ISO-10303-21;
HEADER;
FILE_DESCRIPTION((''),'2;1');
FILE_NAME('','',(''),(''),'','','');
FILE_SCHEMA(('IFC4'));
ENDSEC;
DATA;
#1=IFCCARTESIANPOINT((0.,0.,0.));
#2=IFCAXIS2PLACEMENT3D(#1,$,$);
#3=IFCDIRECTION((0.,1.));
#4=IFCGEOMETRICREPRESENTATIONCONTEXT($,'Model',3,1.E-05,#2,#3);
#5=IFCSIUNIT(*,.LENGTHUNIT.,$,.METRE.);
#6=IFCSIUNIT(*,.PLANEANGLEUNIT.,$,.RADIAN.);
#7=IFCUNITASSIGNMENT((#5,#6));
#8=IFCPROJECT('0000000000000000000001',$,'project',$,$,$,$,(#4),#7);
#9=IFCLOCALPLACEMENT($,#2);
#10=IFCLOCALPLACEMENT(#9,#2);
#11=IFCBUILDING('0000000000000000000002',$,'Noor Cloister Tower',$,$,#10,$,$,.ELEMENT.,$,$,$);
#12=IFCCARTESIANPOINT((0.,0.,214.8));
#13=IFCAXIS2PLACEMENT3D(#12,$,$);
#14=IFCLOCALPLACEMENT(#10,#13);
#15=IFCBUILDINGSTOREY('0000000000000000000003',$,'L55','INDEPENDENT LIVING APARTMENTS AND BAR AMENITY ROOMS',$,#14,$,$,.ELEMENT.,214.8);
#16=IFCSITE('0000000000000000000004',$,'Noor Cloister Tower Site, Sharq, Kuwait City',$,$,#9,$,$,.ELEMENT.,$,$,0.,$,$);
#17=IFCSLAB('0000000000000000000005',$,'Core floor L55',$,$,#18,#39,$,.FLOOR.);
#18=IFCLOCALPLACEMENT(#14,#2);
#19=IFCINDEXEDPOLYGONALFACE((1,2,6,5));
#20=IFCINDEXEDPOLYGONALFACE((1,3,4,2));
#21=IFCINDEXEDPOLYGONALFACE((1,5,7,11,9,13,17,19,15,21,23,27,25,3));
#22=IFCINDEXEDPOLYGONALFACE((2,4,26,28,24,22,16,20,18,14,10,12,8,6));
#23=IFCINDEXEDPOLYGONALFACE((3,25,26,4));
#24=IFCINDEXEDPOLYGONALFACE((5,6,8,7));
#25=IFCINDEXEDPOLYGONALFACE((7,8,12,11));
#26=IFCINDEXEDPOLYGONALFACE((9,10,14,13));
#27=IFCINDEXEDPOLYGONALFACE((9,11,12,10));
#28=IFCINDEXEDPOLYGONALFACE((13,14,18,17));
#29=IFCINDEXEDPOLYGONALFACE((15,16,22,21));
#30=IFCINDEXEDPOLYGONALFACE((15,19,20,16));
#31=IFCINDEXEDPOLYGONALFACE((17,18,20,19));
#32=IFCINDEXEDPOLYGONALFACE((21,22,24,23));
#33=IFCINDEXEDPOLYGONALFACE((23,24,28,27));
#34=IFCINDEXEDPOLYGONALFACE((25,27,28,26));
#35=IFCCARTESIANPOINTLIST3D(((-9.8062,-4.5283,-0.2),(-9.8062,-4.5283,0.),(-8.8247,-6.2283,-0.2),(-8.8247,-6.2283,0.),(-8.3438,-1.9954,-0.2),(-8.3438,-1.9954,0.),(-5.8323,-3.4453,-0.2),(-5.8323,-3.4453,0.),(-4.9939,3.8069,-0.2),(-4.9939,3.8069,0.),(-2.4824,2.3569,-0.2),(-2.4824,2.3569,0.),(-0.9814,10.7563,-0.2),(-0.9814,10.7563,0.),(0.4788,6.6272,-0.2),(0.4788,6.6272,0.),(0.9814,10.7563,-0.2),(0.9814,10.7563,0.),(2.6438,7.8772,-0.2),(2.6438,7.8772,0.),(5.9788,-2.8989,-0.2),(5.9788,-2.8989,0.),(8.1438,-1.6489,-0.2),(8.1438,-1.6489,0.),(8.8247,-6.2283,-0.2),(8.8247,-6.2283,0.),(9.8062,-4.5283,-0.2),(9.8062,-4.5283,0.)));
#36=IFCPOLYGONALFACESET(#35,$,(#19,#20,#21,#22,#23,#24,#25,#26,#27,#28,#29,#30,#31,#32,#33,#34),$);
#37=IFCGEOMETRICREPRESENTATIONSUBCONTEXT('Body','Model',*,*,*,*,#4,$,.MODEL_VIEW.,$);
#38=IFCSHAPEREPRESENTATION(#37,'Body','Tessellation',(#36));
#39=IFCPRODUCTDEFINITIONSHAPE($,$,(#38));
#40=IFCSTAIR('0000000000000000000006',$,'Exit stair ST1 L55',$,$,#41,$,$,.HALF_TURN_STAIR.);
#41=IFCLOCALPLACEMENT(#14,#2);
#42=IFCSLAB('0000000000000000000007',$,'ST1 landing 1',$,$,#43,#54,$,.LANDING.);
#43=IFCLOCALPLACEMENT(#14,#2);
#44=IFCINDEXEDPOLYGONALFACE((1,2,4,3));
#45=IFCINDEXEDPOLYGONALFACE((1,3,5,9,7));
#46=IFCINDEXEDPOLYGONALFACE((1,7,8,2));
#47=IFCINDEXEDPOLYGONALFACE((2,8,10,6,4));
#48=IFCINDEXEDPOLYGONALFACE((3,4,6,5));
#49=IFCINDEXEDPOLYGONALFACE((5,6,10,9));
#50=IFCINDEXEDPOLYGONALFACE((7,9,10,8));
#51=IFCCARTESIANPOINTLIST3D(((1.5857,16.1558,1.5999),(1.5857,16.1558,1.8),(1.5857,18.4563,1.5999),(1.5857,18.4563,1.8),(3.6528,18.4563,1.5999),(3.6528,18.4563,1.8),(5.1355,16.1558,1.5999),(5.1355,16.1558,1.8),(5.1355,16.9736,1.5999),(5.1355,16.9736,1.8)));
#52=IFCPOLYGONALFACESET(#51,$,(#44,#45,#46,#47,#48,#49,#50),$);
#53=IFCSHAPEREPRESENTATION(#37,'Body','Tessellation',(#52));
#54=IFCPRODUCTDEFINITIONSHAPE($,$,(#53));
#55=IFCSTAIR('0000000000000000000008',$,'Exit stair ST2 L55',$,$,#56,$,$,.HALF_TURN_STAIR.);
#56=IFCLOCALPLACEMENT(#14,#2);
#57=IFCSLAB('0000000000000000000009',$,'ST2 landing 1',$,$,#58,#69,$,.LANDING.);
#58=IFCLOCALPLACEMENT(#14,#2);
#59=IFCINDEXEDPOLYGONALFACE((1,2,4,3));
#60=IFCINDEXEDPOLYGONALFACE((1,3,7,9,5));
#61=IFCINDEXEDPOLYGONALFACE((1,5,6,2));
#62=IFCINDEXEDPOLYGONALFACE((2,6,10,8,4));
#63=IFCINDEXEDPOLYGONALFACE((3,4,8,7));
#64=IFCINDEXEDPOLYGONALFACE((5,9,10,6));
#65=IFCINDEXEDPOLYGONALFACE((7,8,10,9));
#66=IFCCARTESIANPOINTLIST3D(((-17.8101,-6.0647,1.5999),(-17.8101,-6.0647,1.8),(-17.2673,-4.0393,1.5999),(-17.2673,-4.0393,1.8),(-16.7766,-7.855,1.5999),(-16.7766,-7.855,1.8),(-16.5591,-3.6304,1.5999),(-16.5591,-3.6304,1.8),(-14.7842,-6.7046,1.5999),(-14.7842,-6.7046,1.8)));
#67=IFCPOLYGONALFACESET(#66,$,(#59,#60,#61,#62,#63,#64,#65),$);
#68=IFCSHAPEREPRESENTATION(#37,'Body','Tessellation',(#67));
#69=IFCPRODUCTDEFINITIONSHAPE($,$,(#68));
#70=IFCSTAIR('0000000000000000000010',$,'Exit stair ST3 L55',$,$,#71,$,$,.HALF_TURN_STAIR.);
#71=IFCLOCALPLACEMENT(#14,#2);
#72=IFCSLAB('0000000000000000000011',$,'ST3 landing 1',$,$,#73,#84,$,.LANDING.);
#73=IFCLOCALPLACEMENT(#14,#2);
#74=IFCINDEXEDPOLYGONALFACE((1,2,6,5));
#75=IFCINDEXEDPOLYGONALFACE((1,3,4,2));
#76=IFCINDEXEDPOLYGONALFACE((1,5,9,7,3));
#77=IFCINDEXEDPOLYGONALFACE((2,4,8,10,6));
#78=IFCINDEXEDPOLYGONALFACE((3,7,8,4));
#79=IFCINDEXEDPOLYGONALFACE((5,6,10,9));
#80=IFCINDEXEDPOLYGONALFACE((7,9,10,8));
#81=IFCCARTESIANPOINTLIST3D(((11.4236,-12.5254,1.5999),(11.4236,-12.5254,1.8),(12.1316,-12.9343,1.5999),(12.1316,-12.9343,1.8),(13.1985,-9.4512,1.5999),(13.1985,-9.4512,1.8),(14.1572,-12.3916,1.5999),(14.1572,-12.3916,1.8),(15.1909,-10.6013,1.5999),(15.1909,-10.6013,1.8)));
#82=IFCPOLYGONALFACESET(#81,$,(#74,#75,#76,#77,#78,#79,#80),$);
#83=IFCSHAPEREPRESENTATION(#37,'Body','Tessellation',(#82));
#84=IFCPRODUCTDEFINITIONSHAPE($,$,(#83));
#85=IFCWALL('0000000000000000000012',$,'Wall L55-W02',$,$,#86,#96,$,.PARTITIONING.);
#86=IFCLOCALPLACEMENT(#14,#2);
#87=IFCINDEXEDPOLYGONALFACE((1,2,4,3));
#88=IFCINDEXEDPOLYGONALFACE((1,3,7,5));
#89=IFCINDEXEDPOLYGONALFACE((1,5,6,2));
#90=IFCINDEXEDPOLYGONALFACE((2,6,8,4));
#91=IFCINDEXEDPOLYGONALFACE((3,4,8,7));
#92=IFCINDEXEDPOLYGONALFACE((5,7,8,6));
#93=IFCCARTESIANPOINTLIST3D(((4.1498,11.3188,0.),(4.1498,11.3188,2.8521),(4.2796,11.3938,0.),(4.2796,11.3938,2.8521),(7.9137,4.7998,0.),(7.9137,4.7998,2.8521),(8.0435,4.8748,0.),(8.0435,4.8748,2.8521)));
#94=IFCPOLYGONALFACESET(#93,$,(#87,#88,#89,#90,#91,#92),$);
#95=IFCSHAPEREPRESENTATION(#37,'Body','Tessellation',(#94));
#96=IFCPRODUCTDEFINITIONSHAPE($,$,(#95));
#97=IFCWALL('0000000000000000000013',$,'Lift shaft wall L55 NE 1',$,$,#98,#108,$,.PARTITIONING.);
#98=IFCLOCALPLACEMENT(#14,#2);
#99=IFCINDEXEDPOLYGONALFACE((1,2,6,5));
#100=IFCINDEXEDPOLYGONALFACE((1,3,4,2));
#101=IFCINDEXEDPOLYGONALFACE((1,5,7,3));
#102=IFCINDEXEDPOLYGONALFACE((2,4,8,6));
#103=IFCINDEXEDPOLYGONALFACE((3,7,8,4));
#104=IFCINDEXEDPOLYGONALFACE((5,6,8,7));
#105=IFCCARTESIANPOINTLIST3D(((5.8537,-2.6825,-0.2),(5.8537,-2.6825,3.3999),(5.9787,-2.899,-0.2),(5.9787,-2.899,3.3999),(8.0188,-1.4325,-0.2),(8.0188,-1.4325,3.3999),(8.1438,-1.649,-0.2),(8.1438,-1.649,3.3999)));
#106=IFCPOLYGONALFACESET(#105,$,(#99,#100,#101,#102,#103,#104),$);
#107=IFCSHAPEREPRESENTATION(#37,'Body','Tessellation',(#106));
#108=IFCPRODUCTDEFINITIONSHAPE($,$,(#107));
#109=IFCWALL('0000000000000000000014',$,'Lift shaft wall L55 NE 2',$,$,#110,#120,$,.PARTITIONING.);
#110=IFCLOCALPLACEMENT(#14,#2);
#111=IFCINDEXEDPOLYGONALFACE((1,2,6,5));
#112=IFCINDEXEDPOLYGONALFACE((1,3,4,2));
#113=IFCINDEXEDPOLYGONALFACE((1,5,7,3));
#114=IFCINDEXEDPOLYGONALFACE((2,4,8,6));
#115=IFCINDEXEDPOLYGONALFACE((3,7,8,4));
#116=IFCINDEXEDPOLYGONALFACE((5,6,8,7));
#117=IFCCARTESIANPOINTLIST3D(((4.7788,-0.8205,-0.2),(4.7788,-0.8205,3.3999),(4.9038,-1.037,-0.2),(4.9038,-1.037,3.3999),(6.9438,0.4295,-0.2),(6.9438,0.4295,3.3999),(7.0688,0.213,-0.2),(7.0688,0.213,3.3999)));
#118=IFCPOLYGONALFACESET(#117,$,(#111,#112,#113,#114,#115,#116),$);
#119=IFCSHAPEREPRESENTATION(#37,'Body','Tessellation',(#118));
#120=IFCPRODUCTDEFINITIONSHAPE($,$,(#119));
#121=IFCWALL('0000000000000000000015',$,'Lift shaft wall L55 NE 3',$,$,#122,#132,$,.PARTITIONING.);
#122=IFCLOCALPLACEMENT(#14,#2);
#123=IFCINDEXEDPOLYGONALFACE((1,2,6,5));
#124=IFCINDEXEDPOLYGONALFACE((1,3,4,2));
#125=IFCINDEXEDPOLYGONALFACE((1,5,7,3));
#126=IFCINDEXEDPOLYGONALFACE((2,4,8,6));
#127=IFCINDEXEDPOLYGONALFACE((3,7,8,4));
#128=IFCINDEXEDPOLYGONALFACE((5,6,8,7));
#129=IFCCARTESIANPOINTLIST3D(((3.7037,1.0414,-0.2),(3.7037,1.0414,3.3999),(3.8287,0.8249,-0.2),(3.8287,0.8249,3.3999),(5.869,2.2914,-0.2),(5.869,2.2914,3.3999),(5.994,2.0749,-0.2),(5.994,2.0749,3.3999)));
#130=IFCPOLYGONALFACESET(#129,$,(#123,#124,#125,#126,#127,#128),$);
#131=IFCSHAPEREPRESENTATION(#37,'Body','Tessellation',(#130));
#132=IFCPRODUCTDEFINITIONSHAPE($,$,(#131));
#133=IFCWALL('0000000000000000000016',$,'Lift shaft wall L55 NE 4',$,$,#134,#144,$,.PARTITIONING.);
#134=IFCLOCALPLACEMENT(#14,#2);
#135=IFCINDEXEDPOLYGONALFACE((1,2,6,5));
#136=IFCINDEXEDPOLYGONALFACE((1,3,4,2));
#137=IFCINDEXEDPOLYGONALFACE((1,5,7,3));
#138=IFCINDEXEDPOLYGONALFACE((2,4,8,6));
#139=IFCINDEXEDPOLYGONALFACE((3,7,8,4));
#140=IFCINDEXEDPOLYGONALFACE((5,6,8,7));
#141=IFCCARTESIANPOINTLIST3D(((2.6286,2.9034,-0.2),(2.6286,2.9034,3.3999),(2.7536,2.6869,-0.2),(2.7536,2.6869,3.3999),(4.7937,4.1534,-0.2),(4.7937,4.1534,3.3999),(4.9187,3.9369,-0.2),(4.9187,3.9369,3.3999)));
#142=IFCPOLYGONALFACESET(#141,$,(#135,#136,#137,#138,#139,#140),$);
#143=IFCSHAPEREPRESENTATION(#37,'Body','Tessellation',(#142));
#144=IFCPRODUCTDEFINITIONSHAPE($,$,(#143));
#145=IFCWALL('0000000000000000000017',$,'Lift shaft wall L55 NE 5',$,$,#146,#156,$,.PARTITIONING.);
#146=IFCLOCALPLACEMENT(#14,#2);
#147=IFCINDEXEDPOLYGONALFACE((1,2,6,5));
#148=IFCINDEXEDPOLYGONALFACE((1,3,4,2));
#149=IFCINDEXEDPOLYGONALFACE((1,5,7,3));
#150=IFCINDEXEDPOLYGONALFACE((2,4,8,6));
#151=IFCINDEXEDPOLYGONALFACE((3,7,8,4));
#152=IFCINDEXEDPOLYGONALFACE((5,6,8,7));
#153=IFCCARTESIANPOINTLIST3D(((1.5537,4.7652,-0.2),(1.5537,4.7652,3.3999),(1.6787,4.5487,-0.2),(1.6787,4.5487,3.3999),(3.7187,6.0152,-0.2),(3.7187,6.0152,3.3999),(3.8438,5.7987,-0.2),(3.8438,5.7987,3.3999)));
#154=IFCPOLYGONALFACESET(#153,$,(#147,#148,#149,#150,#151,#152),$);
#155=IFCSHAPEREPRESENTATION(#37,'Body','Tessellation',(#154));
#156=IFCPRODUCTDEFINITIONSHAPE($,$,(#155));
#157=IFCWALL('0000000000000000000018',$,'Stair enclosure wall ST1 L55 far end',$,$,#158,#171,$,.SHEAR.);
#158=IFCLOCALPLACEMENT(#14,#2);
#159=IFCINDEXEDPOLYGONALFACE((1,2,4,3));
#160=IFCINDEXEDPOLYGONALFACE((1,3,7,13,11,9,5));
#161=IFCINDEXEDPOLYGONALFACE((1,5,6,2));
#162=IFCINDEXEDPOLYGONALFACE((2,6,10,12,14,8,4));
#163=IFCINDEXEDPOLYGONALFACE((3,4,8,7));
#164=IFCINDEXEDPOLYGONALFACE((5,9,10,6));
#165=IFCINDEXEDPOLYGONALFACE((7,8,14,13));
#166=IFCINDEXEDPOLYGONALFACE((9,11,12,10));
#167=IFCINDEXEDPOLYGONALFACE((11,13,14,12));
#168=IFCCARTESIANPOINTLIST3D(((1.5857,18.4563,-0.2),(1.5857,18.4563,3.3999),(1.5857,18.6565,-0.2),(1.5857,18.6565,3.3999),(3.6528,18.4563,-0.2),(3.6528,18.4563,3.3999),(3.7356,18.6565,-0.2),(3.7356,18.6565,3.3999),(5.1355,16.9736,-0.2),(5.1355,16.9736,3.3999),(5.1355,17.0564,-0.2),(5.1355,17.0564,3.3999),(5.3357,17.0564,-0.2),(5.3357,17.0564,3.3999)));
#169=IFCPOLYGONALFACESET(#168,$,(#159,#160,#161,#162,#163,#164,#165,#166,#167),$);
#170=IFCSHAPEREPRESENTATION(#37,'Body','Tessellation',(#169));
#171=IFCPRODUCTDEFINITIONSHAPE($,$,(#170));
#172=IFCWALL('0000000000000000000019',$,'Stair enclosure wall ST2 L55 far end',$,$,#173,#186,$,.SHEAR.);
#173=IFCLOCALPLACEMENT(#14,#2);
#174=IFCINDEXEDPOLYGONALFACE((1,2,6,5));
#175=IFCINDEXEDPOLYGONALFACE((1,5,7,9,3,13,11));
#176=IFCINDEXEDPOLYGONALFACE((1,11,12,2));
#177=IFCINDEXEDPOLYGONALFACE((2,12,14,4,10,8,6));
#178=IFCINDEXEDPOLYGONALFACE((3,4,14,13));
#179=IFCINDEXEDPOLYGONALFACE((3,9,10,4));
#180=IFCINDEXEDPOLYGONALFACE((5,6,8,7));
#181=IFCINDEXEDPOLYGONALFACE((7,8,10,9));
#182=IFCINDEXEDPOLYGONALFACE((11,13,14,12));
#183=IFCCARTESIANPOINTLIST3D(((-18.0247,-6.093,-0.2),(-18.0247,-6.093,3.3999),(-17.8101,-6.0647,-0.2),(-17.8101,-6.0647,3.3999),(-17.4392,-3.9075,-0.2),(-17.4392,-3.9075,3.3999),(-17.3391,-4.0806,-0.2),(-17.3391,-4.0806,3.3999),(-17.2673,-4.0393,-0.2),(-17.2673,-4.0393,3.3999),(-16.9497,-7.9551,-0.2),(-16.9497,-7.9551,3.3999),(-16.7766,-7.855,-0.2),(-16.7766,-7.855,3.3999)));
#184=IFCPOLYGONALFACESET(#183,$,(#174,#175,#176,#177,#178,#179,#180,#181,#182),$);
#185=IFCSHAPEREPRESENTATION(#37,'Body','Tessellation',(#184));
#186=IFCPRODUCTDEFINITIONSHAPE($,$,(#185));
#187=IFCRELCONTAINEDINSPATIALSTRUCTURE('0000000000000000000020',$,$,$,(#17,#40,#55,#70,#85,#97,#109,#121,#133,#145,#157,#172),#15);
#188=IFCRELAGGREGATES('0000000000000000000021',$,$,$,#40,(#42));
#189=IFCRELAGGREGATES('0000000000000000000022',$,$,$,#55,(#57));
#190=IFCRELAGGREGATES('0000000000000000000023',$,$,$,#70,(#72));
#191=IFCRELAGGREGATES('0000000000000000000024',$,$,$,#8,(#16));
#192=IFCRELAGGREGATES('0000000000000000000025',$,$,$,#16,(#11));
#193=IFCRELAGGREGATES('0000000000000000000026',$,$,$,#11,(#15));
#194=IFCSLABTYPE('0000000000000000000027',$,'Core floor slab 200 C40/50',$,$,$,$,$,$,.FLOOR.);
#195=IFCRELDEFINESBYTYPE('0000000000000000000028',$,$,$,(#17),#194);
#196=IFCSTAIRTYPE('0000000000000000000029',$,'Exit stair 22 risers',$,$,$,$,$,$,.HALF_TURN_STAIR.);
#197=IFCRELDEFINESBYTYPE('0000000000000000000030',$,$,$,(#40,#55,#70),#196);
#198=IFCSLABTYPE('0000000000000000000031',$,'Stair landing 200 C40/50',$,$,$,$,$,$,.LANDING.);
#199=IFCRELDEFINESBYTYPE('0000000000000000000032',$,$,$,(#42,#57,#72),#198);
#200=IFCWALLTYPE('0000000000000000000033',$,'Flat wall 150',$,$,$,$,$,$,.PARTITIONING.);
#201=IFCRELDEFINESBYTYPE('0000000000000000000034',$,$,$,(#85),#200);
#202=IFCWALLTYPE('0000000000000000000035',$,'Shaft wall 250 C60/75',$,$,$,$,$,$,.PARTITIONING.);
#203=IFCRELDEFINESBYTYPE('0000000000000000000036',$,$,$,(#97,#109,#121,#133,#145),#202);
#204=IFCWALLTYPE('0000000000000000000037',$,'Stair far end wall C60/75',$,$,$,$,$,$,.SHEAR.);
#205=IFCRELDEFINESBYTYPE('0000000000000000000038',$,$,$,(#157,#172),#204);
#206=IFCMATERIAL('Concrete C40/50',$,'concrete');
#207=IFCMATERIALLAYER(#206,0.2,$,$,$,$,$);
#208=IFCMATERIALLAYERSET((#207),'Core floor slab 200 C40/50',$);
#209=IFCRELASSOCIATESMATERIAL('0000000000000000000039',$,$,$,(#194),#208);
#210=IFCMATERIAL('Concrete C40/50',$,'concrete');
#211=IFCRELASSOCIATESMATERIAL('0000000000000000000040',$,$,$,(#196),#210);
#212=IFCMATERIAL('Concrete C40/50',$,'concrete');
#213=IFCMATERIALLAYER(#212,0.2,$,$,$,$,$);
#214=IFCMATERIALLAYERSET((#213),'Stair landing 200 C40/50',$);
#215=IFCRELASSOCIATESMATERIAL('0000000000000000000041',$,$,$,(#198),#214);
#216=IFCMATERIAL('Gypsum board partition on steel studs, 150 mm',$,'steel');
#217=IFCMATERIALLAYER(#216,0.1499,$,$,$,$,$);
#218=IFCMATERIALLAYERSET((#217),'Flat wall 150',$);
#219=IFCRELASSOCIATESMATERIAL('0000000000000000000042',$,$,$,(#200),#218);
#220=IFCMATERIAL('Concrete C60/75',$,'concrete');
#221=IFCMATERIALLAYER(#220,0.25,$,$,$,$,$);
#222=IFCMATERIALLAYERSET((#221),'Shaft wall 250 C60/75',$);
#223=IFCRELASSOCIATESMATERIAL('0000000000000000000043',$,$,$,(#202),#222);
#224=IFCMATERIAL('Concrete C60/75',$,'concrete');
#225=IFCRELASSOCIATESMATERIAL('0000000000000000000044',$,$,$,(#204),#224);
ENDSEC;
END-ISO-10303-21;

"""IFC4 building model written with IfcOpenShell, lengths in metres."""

from ifc_helpers import new_model, si_unit, direction, frame, frame_2d, origin, place, context, subcontext, project, spatial, polyline, rectangle, outline, extrude, material, layer, layer_set, type_object, element, aggregate, save


model = new_model("IFC4")

# Units and contexts
model_context = context("Model", 3, precision=1e-05, world=origin(), true_north=direction((0.0, 1.0)))
body_context = subcontext(model_context, "Body", "Model", "MODEL_VIEW")
ifc_project = project(units=[si_unit("LENGTHUNIT", "METRE"), si_unit("PLANEANGLEUNIT", "RADIAN")], contexts=[model_context])

# Site, building, storey
site_placement = place(None, origin())
site = spatial("IfcSite", under=ifc_project, at=site_placement, Name="Noor Cloister Tower Site, Sharq, Kuwait City", CompositionType="ELEMENT", RefElevation=0.0)
building_placement = place(site_placement, origin())
building = spatial("IfcBuilding", under=site, at=building_placement, Name="Noor Cloister Tower", CompositionType="ELEMENT")
storey_placement = place(building_placement, frame((0.0, 0.0, 214.8)))
storey = spatial("IfcBuildingStorey", under=building, at=storey_placement, Name="L55", Description="INDEPENDENT LIVING APARTMENTS AND BAR AMENITY ROOMS", CompositionType="ELEMENT", Elevation=214.8)

# Slab
ifc_material_1 = material(Name="Concrete C40/50", Category="concrete")
ifc_layer_1 = layer(ifc_material_1, 0.2)
ifc_layer_set_1 = layer_set([ifc_layer_1], Name="Core floor slab 200 C40/50")
slab_type_1 = type_object("IfcSlabType", Name="Core floor slab 200 C40/50", PredefinedType="FLOOR", material=ifc_layer_set_1)
slab_1_placement = place(storey_placement, frame((0.0, 0.0, -0.2)))
element("IfcSlab", 1, at=slab_1_placement, inside=storey, type_object=slab_type_1, Name="Core floor L55", PredefinedType="FLOOR", context=body_context, shape_type="SweptSolid", body=[
    extrude(outline(polyline([(2.6438, 7.8772), (0.9814, 10.7563), (-0.9814, 10.7563), (-4.9939, 3.8069), (-2.4824, 2.3569), (-5.8323, -3.4453), (-8.3438, -1.9954), (-9.8062, -4.5283), (-8.8247, -6.2283), (8.8247, -6.2283), (9.8062, -4.5283), (8.1438, -1.6489), (5.9788, -2.8989), (0.4788, 6.6272), (2.6438, 7.8772)])), origin(), (0.0, 0.0, 1.0), 0.2),
])

# Stairs, slabs
ifc_material_2 = material(Name="Concrete C40/50", Category="concrete")
stair_type = type_object("IfcStairType", Name="Exit stair 22 risers", PredefinedType="HALF_TURN_STAIR", material=ifc_material_2)
stair_1_placement = place(storey_placement, origin())
stair_1 = element("IfcStair", 2, at=stair_1_placement, inside=storey, type_object=stair_type, Name="Exit stair ST1 L55", PredefinedType="HALF_TURN_STAIR")
ifc_material_3 = material(Name="Concrete C40/50", Category="concrete")
ifc_layer_2 = layer(ifc_material_3, 0.2)
ifc_layer_set_2 = layer_set([ifc_layer_2], Name="Stair landing 200 C40/50")
slab_type_2 = type_object("IfcSlabType", Name="Stair landing 200 C40/50", PredefinedType="LANDING", material=ifc_layer_set_2)
slab_2_placement = place(storey_placement, frame((0.0, 0.0, 1.5999)))
slab_2 = element("IfcSlab", 3, at=slab_2_placement, type_object=slab_type_2, Name="ST1 landing 1", PredefinedType="LANDING", context=body_context, shape_type="SweptSolid", body=[
    extrude(outline(polyline([(5.1355, 16.1558), (5.1355, 16.9736), (3.6528, 18.4563), (1.5857, 18.4563), (1.5857, 16.1558), (5.1355, 16.1558)])), origin(), (0.0, 0.0, 1.0), 0.2002),
])
aggregate(stair_1, [slab_2])
stair_2_placement = place(storey_placement, origin())
stair_2 = element("IfcStair", 4, at=stair_2_placement, inside=storey, type_object=stair_type, Name="Exit stair ST2 L55", PredefinedType="HALF_TURN_STAIR")
slab_3_placement = place(storey_placement, frame((0.0, 0.0, 1.5999)))
slab_3 = element("IfcSlab", 5, at=slab_3_placement, type_object=slab_type_2, Name="ST2 landing 1", PredefinedType="LANDING", context=body_context, shape_type="SweptSolid", body=[
    extrude(outline(polyline([(-16.5591, -3.6304), (-17.2673, -4.0393), (-17.8101, -6.0647), (-16.7766, -7.855), (-14.7842, -6.7046), (-16.5591, -3.6304)])), origin(), (0.0, 0.0, 1.0), 0.2002),
])
aggregate(stair_2, [slab_3])
stair_3_placement = place(storey_placement, origin())
stair_3 = element("IfcStair", 6, at=stair_3_placement, inside=storey, type_object=stair_type, Name="Exit stair ST3 L55", PredefinedType="HALF_TURN_STAIR")
slab_4_placement = place(storey_placement, frame((0.0, 0.0, 1.5999)))
slab_4 = element("IfcSlab", 7, at=slab_4_placement, type_object=slab_type_2, Name="ST3 landing 1", PredefinedType="LANDING", context=body_context, shape_type="SweptSolid", body=[
    extrude(outline(polyline([(11.4236, -12.5254), (12.1316, -12.9343), (14.1572, -12.3916), (15.1909, -10.6013), (13.1985, -9.4512), (11.4236, -12.5254)])), origin(), (0.0, 0.0, 1.0), 0.2002),
])
aggregate(stair_3, [slab_4])

# Walls
ifc_material_4 = material(Name="Gypsum board partition on steel studs, 150 mm", Category="steel")
ifc_layer_3 = layer(ifc_material_4, 0.1499)
ifc_layer_set_3 = layer_set([ifc_layer_3], Name="Flat wall 150")
wall_type_1 = type_object("IfcWallType", Name="Flat wall 150", PredefinedType="PARTITIONING", material=ifc_layer_set_3)
wall_1_placement = place(storey_placement, frame((7.9785, 4.8374, 0.0), z_axis=(0.0, 0.0, 1.0), x_axis=(-0.500014, 0.866017, 0.0)))
element("IfcWall", 8, at=wall_1_placement, inside=storey, type_object=wall_type_1, Name="Wall L55-W02", PredefinedType="PARTITIONING", context=body_context, shape_type="SweptSolid", body=[
    extrude(rectangle(XDim=7.5276, YDim=0.1499, at=frame_2d((3.7637, 0.0))), origin(), (0.0, 0.0, 1.0), 2.8521),
])
ifc_material_5 = material(Name="Concrete C60/75", Category="concrete")
ifc_layer_4 = layer(ifc_material_5, 0.25)
ifc_layer_set_4 = layer_set([ifc_layer_4], Name="Shaft wall 250 C60/75")
wall_type_2 = type_object("IfcWallType", Name="Shaft wall 250 C60/75", PredefinedType="PARTITIONING", material=ifc_layer_set_4)
for number, where, z_axis, x_axis, name in (
    (9, (8.0813, -1.5408, -0.2), (0.0, 0.0, 1.0), (-0.866023, -0.500004, 0.0), "Lift shaft wall L55 NE 1"),
    (10, (7.0063, 0.3213, -0.2), (0.0, 0.0, 1.0), (-0.866023, -0.500004, 0.0), "Lift shaft wall L55 NE 2"),
):
    element("IfcWall", number, at=place(storey_placement, frame(where, z_axis=z_axis, x_axis=x_axis)), inside=storey, type_object=wall_type_2, Name=name, PredefinedType="PARTITIONING", context=body_context, shape_type="SweptSolid", body=[
        extrude(rectangle(XDim=2.5, YDim=0.25, at=frame_2d((1.25, 0.0))), origin(), (0.0, 0.0, 1.0), 3.5999),
    ])
wall_2_placement = place(storey_placement, frame((5.9314, 2.1831, -0.2), z_axis=(0.0, 0.0, 1.0), x_axis=(-0.866047, -0.499962, 0.0)))
element("IfcWall", 11, at=wall_2_placement, inside=storey, type_object=wall_type_2, Name="Lift shaft wall L55 NE 3", PredefinedType="PARTITIONING", context=body_context, shape_type="SweptSolid", body=[
    extrude(rectangle(XDim=2.5002, YDim=0.25, at=frame_2d((1.25, 0.0))), origin(), (0.0, 0.0, 1.0), 3.5999),
])
for number, where, z_axis, x_axis, name in (
    (12, (4.8562, 4.0452, -0.2), (0.0, 0.0, 1.0), (-0.866023, -0.500004, 0.0), "Lift shaft wall L55 NE 4"),
    (13, (3.7812, 5.907, -0.2), (0.0, 0.0, 1.0), (-0.866023, -0.500004, 0.0), "Lift shaft wall L55 NE 5"),
):
    element("IfcWall", number, at=place(storey_placement, frame(where, z_axis=z_axis, x_axis=x_axis)), inside=storey, type_object=wall_type_2, Name=name, PredefinedType="PARTITIONING", context=body_context, shape_type="SweptSolid", body=[
        extrude(rectangle(XDim=2.5, YDim=0.25, at=frame_2d((1.25, 0.0))), origin(), (0.0, 0.0, 1.0), 3.5999),
    ])
ifc_material_6 = material(Name="Concrete C60/75", Category="concrete")
wall_type_3 = type_object("IfcWallType", Name="Stair far end wall C60/75", PredefinedType="SHEAR", material=ifc_material_6)
wall_3_placement = place(storey_placement, frame((0.0, 0.0, -0.2)))
element("IfcWall", 14, at=wall_3_placement, inside=storey, type_object=wall_type_3, Name="Stair enclosure wall ST1 L55 far end", PredefinedType="SHEAR", context=body_context, shape_type="SweptSolid", body=[
    extrude(outline(polyline([(5.3357, 17.0564), (3.7356, 18.6565), (1.5857, 18.6565), (1.5857, 18.4563), (3.6528, 18.4563), (5.1355, 16.9736), (5.1355, 17.0564), (5.1355, 17.0564), (5.1355, 17.0564), (5.1355, 17.0564), (5.1355, 17.0564), (5.1355, 17.0564), (5.1355, 17.0564), (5.1355, 17.0564), (5.1355, 17.0564), (5.1355, 17.0564), (5.1355, 17.0564), (5.1355, 17.0564), (5.1355, 17.0564), (5.1355, 17.0564), (5.1355, 17.0564), (5.1355, 17.0564), (5.1355, 17.0564), (5.3357, 17.0564)])), origin(), (0.0, 0.0, 1.0), 3.5999),
])
wall_4_placement = place(storey_placement, frame((0.0, 0.0, -0.2)))
element("IfcWall", 15, at=wall_4_placement, inside=storey, type_object=wall_type_3, Name="Stair enclosure wall ST2 L55 far end", PredefinedType="SHEAR", context=body_context, shape_type="SweptSolid", body=[
    extrude(outline(polyline([(-17.4392, -3.9075), (-18.0247, -6.093), (-16.9497, -7.9551), (-16.7766, -7.855), (-17.8101, -6.0647), (-17.2673, -4.0393), (-17.3391, -4.0806), (-17.3391, -4.0806), (-17.3391, -4.0806), (-17.3391, -4.0806), (-17.3391, -4.0806), (-17.3391, -4.0806), (-17.3391, -4.0806), (-17.3391, -4.0806), (-17.3391, -4.0806), (-17.3391, -4.0806), (-17.3391, -4.0806), (-17.3391, -4.0806), (-17.3391, -4.0806), (-17.3391, -4.0806), (-17.3391, -4.0806), (-17.3391, -4.0806), (-17.3391, -4.0806), (-17.4392, -3.9075)])), origin(), (0.0, 0.0, 1.0), 3.5999),
])

save(model, "model.ifc")
